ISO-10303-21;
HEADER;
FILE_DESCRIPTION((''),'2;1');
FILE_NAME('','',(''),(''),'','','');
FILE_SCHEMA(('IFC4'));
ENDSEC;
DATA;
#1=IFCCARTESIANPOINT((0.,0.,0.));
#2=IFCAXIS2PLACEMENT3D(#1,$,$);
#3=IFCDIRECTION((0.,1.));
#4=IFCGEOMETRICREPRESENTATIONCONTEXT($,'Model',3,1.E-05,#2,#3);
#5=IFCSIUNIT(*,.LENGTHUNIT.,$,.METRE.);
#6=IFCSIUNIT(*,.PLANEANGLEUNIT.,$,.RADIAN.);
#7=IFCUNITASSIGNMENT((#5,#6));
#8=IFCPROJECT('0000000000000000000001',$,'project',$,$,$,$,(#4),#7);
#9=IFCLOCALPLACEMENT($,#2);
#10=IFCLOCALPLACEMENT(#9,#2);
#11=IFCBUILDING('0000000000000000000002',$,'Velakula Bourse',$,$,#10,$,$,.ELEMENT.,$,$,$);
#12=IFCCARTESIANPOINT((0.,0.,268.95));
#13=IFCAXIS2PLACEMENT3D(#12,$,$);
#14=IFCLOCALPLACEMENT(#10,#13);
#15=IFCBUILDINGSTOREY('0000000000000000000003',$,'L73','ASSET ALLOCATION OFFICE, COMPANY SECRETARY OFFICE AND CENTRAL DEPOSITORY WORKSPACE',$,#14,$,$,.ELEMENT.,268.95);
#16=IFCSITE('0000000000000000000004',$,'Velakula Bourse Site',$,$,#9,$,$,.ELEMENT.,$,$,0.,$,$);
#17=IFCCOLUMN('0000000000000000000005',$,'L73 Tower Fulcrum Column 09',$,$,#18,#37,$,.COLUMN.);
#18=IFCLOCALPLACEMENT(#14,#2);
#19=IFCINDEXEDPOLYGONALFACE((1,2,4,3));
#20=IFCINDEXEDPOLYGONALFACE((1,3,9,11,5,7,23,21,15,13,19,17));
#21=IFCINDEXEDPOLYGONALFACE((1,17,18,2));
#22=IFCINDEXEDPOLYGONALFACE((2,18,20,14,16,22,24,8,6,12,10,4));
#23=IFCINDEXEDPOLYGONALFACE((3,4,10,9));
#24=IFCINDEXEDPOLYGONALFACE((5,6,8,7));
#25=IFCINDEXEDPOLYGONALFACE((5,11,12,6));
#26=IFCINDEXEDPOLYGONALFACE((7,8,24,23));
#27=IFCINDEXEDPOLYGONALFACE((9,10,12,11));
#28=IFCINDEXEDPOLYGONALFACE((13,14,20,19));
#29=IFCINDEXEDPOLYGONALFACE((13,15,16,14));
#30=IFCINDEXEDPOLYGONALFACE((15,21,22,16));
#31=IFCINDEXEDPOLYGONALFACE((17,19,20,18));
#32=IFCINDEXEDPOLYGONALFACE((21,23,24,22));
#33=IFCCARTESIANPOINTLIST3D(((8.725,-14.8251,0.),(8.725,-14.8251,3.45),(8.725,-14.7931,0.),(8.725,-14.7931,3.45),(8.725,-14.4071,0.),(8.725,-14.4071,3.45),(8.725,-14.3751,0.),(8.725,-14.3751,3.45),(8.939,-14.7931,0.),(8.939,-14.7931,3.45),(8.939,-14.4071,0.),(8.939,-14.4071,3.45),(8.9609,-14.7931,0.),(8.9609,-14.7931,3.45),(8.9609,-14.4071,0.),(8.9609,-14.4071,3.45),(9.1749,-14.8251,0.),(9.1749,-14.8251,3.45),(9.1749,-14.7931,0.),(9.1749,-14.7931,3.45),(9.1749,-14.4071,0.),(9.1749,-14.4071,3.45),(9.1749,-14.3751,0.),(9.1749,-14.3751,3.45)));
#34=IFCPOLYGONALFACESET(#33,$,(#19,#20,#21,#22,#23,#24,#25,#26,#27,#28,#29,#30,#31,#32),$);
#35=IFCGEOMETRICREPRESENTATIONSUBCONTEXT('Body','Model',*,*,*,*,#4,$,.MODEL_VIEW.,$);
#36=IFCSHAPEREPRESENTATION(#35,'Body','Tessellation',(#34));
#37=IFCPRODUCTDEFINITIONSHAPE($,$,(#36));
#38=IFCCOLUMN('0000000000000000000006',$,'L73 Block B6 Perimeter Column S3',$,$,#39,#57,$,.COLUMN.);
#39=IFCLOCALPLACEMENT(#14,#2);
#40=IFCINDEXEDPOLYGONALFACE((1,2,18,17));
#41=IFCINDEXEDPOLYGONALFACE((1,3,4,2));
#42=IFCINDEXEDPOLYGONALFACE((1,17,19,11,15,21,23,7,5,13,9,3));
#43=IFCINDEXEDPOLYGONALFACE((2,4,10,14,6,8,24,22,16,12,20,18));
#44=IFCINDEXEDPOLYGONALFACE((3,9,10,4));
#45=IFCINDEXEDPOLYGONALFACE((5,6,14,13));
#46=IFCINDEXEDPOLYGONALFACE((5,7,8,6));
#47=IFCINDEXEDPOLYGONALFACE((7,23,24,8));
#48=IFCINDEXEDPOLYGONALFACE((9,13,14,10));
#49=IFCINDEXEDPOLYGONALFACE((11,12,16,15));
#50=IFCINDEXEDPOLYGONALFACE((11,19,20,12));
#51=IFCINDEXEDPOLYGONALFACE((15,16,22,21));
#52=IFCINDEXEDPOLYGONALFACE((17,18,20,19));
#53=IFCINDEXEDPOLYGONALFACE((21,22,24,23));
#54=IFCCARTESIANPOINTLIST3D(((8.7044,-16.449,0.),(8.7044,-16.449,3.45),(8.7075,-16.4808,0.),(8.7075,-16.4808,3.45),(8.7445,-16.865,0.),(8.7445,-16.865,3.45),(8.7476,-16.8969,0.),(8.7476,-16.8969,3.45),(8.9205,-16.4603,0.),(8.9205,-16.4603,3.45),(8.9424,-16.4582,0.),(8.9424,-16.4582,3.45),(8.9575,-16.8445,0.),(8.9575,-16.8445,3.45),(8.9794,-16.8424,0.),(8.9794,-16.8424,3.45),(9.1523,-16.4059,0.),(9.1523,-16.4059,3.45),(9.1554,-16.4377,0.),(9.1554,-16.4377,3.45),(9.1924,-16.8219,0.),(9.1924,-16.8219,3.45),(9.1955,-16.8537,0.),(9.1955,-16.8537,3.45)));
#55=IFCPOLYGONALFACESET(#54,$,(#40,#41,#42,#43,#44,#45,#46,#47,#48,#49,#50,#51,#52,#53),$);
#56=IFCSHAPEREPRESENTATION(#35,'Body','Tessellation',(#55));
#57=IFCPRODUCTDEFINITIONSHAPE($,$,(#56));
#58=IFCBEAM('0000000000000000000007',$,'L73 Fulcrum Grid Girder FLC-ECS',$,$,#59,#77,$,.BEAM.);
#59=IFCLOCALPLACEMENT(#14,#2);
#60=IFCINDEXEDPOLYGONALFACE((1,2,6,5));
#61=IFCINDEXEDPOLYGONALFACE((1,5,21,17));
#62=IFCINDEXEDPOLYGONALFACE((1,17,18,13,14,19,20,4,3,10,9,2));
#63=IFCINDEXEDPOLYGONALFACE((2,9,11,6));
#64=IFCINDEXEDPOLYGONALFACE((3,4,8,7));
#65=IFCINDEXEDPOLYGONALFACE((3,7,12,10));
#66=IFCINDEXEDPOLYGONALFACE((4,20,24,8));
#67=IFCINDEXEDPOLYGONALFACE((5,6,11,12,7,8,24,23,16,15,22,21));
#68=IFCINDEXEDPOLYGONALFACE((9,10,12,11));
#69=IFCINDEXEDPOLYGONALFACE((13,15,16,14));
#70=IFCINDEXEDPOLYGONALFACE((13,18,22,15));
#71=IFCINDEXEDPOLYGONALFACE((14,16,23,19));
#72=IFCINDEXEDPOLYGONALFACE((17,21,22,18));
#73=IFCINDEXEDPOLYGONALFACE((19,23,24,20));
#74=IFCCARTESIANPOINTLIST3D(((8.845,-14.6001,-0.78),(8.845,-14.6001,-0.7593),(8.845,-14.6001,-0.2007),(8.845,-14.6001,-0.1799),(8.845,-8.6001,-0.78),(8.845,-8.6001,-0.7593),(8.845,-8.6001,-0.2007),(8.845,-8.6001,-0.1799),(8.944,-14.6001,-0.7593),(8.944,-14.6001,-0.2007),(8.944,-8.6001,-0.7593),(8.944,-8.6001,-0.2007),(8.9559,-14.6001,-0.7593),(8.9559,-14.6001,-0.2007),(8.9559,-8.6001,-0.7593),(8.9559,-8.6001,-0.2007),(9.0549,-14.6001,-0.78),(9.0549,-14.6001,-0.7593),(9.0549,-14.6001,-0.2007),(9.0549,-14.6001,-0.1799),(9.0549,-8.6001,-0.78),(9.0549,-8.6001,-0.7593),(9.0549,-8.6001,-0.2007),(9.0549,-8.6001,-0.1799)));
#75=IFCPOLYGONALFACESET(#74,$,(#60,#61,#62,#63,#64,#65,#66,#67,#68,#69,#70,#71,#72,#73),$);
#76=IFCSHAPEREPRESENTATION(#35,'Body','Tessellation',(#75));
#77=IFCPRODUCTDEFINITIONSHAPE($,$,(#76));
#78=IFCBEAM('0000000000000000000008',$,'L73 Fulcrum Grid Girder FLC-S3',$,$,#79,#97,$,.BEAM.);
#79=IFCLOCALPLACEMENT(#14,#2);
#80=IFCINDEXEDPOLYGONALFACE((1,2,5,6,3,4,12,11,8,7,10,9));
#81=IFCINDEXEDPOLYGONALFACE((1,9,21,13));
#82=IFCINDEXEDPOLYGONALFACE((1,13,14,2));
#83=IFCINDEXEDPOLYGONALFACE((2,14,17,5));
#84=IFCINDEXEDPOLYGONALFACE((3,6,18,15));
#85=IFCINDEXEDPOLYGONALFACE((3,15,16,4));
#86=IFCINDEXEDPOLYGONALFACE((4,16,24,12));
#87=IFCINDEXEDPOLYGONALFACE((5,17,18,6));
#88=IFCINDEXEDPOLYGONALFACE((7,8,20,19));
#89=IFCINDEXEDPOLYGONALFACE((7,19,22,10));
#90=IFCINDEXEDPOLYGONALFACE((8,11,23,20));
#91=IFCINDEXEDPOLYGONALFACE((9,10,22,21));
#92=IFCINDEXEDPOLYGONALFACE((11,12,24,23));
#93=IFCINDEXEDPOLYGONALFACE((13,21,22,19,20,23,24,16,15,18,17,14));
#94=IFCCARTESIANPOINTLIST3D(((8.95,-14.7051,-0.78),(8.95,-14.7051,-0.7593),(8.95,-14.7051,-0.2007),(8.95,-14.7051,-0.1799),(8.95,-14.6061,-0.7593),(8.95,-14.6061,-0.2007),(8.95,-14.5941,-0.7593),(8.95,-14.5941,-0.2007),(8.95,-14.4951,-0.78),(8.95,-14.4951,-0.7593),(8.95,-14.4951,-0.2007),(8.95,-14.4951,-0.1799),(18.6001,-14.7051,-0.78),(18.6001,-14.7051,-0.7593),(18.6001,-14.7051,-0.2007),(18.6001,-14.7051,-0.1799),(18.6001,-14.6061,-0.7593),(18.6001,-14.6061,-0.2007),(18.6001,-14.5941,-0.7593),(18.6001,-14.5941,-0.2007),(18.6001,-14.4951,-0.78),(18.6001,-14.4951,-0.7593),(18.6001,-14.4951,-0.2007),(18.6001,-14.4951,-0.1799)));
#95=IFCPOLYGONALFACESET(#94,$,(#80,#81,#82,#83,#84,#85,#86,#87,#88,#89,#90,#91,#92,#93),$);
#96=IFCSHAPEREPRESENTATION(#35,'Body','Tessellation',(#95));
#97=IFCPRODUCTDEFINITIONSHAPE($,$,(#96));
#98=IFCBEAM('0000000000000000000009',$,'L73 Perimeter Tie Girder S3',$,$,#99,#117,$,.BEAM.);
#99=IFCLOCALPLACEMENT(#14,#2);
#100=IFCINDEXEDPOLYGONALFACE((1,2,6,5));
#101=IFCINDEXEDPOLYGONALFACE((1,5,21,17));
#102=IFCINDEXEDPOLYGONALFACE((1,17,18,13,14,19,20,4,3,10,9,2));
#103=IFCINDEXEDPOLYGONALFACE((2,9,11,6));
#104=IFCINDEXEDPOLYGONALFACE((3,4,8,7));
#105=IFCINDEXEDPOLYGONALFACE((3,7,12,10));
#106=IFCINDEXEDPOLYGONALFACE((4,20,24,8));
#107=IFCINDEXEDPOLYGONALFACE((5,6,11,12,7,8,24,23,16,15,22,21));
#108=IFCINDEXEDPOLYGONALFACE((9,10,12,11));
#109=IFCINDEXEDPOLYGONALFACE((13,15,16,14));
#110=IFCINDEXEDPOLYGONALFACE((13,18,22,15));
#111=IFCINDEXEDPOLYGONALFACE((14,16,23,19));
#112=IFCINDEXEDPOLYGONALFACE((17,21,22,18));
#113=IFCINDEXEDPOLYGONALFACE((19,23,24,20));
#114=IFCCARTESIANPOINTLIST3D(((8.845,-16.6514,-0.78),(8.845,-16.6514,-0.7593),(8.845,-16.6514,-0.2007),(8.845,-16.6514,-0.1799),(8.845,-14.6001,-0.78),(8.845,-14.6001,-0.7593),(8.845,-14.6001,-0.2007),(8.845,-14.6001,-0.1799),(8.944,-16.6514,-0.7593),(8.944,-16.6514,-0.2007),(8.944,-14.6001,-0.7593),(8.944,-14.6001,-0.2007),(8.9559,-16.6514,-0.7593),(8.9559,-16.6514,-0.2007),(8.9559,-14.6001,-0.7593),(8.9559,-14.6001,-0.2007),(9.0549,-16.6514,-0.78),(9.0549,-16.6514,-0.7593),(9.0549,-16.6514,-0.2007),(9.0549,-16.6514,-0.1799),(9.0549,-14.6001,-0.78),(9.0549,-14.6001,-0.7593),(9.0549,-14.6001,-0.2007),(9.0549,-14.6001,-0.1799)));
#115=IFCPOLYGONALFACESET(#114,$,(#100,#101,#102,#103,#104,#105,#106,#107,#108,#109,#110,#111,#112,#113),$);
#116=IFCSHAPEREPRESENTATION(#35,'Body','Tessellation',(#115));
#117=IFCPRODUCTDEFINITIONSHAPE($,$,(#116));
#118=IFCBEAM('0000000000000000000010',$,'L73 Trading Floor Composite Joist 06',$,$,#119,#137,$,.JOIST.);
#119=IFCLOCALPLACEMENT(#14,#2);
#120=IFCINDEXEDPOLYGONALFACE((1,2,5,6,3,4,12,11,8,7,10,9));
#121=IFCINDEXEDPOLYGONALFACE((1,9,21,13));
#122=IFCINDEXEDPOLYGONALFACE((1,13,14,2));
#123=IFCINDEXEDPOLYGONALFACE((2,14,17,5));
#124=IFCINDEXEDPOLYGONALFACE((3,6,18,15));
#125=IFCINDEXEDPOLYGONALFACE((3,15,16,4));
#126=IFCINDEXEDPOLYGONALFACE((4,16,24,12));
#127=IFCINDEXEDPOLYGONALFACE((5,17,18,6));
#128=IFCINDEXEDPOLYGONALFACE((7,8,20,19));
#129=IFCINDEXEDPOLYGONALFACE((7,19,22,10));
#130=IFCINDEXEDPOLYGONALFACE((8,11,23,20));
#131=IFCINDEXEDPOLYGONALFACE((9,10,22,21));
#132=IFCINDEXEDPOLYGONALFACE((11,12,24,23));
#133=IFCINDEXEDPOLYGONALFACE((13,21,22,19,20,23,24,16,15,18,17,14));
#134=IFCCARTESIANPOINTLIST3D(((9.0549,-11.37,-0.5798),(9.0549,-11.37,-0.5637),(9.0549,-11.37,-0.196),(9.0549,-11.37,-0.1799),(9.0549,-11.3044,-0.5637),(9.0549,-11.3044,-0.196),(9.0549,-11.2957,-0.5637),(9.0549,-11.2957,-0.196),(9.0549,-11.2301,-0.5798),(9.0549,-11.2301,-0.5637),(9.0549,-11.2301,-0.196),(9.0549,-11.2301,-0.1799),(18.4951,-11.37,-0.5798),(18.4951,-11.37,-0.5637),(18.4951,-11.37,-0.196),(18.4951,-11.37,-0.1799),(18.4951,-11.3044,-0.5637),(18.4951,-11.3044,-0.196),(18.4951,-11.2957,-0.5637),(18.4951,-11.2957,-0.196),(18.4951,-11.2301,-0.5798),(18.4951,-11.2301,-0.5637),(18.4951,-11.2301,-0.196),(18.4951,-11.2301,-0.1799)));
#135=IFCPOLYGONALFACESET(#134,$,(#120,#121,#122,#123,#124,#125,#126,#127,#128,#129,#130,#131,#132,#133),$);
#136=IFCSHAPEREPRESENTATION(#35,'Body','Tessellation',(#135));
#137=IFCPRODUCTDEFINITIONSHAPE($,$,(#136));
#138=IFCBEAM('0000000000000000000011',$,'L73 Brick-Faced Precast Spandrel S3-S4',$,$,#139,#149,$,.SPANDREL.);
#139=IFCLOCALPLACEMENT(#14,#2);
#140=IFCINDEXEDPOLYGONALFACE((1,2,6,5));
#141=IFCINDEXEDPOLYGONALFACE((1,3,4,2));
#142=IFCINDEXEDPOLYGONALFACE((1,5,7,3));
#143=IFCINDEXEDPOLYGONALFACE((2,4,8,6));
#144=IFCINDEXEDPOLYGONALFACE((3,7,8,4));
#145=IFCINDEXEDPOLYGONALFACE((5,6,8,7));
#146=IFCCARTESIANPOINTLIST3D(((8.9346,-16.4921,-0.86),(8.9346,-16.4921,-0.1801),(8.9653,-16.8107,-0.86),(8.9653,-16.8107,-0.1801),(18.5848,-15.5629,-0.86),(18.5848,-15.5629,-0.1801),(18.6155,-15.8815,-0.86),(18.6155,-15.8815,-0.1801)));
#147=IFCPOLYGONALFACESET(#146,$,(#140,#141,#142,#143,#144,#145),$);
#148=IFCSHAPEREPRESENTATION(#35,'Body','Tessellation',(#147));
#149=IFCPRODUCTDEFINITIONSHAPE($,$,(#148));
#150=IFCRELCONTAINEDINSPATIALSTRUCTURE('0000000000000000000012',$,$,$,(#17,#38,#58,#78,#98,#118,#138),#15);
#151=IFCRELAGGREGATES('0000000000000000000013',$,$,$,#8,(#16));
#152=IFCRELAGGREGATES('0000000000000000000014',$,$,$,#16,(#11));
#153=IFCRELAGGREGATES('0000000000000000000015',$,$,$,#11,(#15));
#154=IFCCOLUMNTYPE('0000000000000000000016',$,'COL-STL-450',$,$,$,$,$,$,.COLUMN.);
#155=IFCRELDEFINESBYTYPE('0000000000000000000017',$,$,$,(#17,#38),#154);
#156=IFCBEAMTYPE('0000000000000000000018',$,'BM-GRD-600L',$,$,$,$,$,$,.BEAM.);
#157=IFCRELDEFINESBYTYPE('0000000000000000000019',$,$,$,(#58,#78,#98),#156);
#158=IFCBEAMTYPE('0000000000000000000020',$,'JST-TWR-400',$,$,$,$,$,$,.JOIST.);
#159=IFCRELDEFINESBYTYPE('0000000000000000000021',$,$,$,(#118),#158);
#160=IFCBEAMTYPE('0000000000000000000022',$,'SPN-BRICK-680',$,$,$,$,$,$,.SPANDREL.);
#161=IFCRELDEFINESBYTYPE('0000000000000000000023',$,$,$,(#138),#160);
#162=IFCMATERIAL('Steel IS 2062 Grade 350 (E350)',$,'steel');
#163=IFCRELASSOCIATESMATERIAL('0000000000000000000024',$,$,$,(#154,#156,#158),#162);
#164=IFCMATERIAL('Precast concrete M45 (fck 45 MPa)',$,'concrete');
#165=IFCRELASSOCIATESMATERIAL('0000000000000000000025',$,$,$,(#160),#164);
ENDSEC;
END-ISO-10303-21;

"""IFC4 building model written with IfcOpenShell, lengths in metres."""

from ifc_helpers import new_model, si_unit, direction, frame, origin, origin_2d, place, context, subcontext, project, spatial, rectangle, i_section, extrude, material, material_profile, profile_set, type_object, element, save


model = new_model("IFC4")

# Units and contexts
model_context = context("Model", 3, precision=1e-05, world=origin(), true_north=direction((0.0, 1.0)))
body_context = subcontext(model_context, "Body", "Model", "MODEL_VIEW")
ifc_project = project(units=[si_unit("LENGTHUNIT", "METRE"), si_unit("PLANEANGLEUNIT", "RADIAN")], contexts=[model_context])

# Site, building, storey
site_placement = place(None, origin())
site = spatial("IfcSite", under=ifc_project, at=site_placement, Name="Velakula Bourse Site", CompositionType="ELEMENT", RefElevation=0.0)
building_placement = place(site_placement, origin())
building = spatial("IfcBuilding", under=site, at=building_placement, Name="Velakula Bourse", CompositionType="ELEMENT")
storey_placement = place(building_placement, frame((0.0, 0.0, 268.95)))
storey = spatial("IfcBuildingStorey", under=building, at=storey_placement, Name="L73", Description="ASSET ALLOCATION OFFICE, COMPANY SECRETARY OFFICE AND CENTRAL DEPOSITORY WORKSPACE", CompositionType="ELEMENT", Elevation=268.95)

# Columns
ifc_material_1 = material(Name="Steel IS 2062 Grade 350 (E350)", Category="steel")
ifc_material_profile_1 = material_profile(ifc_material_1, i_section(OverallWidth=0.45, OverallDepth=0.45, WebThickness=0.022, FlangeThickness=0.032, at=origin_2d()), Name="Steel IS 2062 Grade 350 (E350)")
ifc_profile_set_1 = profile_set([ifc_material_profile_1], Name="Steel IS 2062 Grade 350 (E350)")
column_type = type_object("IfcColumnType", Name="COL-STL-450", PredefinedType="COLUMN", material=ifc_profile_set_1)
for number, where, z_axis, x_axis, name in (
    (1, (8.95, -14.6001, 0.0), (0.0, 0.0, 1.0), (1.0, 0.0, 0.0), "L73 Tower Fulcrum Column 09"),
    (2, (8.95, -16.6514, 0.0), (0.0, 0.0, 1.0), (0.995396, 0.095846, 0.0), "L73 Block B6 Perimeter Column S3"),
):
    element("IfcColumn", number, at=place(storey_placement, frame(where, z_axis=z_axis, x_axis=x_axis)), inside=storey, type_object=column_type, Name=name, PredefinedType="COLUMN", context=body_context, shape_type="SweptSolid", body=[
        extrude(i_section(OverallWidth=0.45, OverallDepth=0.45, WebThickness=0.022, FlangeThickness=0.032, at=origin_2d()), origin(), (0.0, 0.0, 1.0), 3.45),
    ])

# Beams
ifc_material_profile_2 = material_profile(ifc_material_1, i_section(OverallWidth=0.21, OverallDepth=0.6001, WebThickness=0.012, FlangeThickness=0.0208, at=origin_2d()), Name="Steel IS 2062 Grade 350 (E350)")
ifc_profile_set_2 = profile_set([ifc_material_profile_2], Name="Steel IS 2062 Grade 350 (E350)")
beam_type_1 = type_object("IfcBeamType", Name="BM-GRD-600L", PredefinedType="BEAM", material=ifc_profile_set_2)
beam_1_placement = place(storey_placement, frame((8.95, -14.6001, -0.48), z_axis=(0.0, 1.0, 0.0), x_axis=(-1.0, 0.0, 0.0)))
element("IfcBeam", 3, at=beam_1_placement, inside=storey, type_object=beam_type_1, Name="L73 Fulcrum Grid Girder FLC-ECS", PredefinedType="BEAM", context=body_context, shape_type="SweptSolid", body=[
    extrude(i_section(OverallWidth=0.21, OverallDepth=0.6001, WebThickness=0.012, FlangeThickness=0.0208, at=origin_2d()), origin(), (0.0, 0.0, 1.0), 6.0),
])
beam_2_placement = place(storey_placement, frame((8.95, -14.6001, -0.48), z_axis=(1.0, 0.0, 0.0), x_axis=(0.0, 1.0, 0.0)))
element("IfcBeam", 4, at=beam_2_placement, inside=storey, type_object=beam_type_1, Name="L73 Fulcrum Grid Girder FLC-S3", PredefinedType="BEAM", context=body_context, shape_type="SweptSolid", body=[
    extrude(i_section(OverallWidth=0.21, OverallDepth=0.6001, WebThickness=0.012, FlangeThickness=0.0208, at=origin_2d()), origin(), (0.0, 0.0, 1.0), 9.6501),
])
beam_3_placement = place(storey_placement, frame((8.95, -14.6001, -0.48), z_axis=(0.0, -1.0, 0.0), x_axis=(1.0, 0.0, 0.0)))
element("IfcBeam", 5, at=beam_3_placement, inside=storey, type_object=beam_type_1, Name="L73 Perimeter Tie Girder S3", PredefinedType="BEAM", context=body_context, shape_type="SweptSolid", body=[
    extrude(i_section(OverallWidth=0.21, OverallDepth=0.6001, WebThickness=0.012, FlangeThickness=0.0208, at=origin_2d()), origin(), (0.0, 0.0, 1.0), 2.0513),
])
ifc_material_profile_3 = material_profile(ifc_material_1, i_section(OverallWidth=0.1399, OverallDepth=0.3999, WebThickness=0.0088, FlangeThickness=0.0161, at=origin_2d()), Name="Steel IS 2062 Grade 350 (E350)")
ifc_profile_set_3 = profile_set([ifc_material_profile_3], Name="Steel IS 2062 Grade 350 (E350)")
beam_type_2 = type_object("IfcBeamType", Name="JST-TWR-400", PredefinedType="JOIST", material=ifc_profile_set_3)
beam_4_placement = place(storey_placement, frame((9.0549, -11.3, -0.3799), z_axis=(1.0, 0.0, 0.0), x_axis=(0.0, 1.0, 0.0)))
element("IfcBeam", 6, at=beam_4_placement, inside=storey, type_object=beam_type_2, Name="L73 Trading Floor Composite Joist 06", PredefinedType="JOIST", context=body_context, shape_type="SweptSolid", body=[
    extrude(i_section(OverallWidth=0.1399, OverallDepth=0.3999, WebThickness=0.0088, FlangeThickness=0.0161, at=origin_2d()), origin(), (0.0, 0.0, 1.0), 9.4402),
])
ifc_material_2 = material(Name="Precast concrete M45 (fck 45 MPa)", Category="concrete")
ifc_material_profile_4 = material_profile(ifc_material_2, rectangle(XDim=0.3201, YDim=0.6799, at=origin_2d()), Name="Precast concrete M45 (fck 45 MPa)")
ifc_profile_set_4 = profile_set([ifc_material_profile_4], Name="Precast concrete M45 (fck 45 MPa)")
beam_type_3 = type_object("IfcBeamType", Name="SPN-BRICK-680", PredefinedType="SPANDREL", material=ifc_profile_set_4)
beam_5_placement = place(storey_placement, frame((8.95, -16.6514, -0.52), z_axis=(0.995396, 0.095845, 0.0), x_axis=(-0.095845, 0.995396, 0.0)))
element("IfcBeam", 7, at=beam_5_placement, inside=storey, type_object=beam_type_3, Name="L73 Brick-Faced Precast Spandrel S3-S4", PredefinedType="SPANDREL", context=body_context, shape_type="SweptSolid", body=[
    extrude(rectangle(XDim=0.3201, YDim=0.6799, at=origin_2d()), origin(), (0.0, 0.0, 1.0), 9.6948),
])

save(model, "model.ifc")
